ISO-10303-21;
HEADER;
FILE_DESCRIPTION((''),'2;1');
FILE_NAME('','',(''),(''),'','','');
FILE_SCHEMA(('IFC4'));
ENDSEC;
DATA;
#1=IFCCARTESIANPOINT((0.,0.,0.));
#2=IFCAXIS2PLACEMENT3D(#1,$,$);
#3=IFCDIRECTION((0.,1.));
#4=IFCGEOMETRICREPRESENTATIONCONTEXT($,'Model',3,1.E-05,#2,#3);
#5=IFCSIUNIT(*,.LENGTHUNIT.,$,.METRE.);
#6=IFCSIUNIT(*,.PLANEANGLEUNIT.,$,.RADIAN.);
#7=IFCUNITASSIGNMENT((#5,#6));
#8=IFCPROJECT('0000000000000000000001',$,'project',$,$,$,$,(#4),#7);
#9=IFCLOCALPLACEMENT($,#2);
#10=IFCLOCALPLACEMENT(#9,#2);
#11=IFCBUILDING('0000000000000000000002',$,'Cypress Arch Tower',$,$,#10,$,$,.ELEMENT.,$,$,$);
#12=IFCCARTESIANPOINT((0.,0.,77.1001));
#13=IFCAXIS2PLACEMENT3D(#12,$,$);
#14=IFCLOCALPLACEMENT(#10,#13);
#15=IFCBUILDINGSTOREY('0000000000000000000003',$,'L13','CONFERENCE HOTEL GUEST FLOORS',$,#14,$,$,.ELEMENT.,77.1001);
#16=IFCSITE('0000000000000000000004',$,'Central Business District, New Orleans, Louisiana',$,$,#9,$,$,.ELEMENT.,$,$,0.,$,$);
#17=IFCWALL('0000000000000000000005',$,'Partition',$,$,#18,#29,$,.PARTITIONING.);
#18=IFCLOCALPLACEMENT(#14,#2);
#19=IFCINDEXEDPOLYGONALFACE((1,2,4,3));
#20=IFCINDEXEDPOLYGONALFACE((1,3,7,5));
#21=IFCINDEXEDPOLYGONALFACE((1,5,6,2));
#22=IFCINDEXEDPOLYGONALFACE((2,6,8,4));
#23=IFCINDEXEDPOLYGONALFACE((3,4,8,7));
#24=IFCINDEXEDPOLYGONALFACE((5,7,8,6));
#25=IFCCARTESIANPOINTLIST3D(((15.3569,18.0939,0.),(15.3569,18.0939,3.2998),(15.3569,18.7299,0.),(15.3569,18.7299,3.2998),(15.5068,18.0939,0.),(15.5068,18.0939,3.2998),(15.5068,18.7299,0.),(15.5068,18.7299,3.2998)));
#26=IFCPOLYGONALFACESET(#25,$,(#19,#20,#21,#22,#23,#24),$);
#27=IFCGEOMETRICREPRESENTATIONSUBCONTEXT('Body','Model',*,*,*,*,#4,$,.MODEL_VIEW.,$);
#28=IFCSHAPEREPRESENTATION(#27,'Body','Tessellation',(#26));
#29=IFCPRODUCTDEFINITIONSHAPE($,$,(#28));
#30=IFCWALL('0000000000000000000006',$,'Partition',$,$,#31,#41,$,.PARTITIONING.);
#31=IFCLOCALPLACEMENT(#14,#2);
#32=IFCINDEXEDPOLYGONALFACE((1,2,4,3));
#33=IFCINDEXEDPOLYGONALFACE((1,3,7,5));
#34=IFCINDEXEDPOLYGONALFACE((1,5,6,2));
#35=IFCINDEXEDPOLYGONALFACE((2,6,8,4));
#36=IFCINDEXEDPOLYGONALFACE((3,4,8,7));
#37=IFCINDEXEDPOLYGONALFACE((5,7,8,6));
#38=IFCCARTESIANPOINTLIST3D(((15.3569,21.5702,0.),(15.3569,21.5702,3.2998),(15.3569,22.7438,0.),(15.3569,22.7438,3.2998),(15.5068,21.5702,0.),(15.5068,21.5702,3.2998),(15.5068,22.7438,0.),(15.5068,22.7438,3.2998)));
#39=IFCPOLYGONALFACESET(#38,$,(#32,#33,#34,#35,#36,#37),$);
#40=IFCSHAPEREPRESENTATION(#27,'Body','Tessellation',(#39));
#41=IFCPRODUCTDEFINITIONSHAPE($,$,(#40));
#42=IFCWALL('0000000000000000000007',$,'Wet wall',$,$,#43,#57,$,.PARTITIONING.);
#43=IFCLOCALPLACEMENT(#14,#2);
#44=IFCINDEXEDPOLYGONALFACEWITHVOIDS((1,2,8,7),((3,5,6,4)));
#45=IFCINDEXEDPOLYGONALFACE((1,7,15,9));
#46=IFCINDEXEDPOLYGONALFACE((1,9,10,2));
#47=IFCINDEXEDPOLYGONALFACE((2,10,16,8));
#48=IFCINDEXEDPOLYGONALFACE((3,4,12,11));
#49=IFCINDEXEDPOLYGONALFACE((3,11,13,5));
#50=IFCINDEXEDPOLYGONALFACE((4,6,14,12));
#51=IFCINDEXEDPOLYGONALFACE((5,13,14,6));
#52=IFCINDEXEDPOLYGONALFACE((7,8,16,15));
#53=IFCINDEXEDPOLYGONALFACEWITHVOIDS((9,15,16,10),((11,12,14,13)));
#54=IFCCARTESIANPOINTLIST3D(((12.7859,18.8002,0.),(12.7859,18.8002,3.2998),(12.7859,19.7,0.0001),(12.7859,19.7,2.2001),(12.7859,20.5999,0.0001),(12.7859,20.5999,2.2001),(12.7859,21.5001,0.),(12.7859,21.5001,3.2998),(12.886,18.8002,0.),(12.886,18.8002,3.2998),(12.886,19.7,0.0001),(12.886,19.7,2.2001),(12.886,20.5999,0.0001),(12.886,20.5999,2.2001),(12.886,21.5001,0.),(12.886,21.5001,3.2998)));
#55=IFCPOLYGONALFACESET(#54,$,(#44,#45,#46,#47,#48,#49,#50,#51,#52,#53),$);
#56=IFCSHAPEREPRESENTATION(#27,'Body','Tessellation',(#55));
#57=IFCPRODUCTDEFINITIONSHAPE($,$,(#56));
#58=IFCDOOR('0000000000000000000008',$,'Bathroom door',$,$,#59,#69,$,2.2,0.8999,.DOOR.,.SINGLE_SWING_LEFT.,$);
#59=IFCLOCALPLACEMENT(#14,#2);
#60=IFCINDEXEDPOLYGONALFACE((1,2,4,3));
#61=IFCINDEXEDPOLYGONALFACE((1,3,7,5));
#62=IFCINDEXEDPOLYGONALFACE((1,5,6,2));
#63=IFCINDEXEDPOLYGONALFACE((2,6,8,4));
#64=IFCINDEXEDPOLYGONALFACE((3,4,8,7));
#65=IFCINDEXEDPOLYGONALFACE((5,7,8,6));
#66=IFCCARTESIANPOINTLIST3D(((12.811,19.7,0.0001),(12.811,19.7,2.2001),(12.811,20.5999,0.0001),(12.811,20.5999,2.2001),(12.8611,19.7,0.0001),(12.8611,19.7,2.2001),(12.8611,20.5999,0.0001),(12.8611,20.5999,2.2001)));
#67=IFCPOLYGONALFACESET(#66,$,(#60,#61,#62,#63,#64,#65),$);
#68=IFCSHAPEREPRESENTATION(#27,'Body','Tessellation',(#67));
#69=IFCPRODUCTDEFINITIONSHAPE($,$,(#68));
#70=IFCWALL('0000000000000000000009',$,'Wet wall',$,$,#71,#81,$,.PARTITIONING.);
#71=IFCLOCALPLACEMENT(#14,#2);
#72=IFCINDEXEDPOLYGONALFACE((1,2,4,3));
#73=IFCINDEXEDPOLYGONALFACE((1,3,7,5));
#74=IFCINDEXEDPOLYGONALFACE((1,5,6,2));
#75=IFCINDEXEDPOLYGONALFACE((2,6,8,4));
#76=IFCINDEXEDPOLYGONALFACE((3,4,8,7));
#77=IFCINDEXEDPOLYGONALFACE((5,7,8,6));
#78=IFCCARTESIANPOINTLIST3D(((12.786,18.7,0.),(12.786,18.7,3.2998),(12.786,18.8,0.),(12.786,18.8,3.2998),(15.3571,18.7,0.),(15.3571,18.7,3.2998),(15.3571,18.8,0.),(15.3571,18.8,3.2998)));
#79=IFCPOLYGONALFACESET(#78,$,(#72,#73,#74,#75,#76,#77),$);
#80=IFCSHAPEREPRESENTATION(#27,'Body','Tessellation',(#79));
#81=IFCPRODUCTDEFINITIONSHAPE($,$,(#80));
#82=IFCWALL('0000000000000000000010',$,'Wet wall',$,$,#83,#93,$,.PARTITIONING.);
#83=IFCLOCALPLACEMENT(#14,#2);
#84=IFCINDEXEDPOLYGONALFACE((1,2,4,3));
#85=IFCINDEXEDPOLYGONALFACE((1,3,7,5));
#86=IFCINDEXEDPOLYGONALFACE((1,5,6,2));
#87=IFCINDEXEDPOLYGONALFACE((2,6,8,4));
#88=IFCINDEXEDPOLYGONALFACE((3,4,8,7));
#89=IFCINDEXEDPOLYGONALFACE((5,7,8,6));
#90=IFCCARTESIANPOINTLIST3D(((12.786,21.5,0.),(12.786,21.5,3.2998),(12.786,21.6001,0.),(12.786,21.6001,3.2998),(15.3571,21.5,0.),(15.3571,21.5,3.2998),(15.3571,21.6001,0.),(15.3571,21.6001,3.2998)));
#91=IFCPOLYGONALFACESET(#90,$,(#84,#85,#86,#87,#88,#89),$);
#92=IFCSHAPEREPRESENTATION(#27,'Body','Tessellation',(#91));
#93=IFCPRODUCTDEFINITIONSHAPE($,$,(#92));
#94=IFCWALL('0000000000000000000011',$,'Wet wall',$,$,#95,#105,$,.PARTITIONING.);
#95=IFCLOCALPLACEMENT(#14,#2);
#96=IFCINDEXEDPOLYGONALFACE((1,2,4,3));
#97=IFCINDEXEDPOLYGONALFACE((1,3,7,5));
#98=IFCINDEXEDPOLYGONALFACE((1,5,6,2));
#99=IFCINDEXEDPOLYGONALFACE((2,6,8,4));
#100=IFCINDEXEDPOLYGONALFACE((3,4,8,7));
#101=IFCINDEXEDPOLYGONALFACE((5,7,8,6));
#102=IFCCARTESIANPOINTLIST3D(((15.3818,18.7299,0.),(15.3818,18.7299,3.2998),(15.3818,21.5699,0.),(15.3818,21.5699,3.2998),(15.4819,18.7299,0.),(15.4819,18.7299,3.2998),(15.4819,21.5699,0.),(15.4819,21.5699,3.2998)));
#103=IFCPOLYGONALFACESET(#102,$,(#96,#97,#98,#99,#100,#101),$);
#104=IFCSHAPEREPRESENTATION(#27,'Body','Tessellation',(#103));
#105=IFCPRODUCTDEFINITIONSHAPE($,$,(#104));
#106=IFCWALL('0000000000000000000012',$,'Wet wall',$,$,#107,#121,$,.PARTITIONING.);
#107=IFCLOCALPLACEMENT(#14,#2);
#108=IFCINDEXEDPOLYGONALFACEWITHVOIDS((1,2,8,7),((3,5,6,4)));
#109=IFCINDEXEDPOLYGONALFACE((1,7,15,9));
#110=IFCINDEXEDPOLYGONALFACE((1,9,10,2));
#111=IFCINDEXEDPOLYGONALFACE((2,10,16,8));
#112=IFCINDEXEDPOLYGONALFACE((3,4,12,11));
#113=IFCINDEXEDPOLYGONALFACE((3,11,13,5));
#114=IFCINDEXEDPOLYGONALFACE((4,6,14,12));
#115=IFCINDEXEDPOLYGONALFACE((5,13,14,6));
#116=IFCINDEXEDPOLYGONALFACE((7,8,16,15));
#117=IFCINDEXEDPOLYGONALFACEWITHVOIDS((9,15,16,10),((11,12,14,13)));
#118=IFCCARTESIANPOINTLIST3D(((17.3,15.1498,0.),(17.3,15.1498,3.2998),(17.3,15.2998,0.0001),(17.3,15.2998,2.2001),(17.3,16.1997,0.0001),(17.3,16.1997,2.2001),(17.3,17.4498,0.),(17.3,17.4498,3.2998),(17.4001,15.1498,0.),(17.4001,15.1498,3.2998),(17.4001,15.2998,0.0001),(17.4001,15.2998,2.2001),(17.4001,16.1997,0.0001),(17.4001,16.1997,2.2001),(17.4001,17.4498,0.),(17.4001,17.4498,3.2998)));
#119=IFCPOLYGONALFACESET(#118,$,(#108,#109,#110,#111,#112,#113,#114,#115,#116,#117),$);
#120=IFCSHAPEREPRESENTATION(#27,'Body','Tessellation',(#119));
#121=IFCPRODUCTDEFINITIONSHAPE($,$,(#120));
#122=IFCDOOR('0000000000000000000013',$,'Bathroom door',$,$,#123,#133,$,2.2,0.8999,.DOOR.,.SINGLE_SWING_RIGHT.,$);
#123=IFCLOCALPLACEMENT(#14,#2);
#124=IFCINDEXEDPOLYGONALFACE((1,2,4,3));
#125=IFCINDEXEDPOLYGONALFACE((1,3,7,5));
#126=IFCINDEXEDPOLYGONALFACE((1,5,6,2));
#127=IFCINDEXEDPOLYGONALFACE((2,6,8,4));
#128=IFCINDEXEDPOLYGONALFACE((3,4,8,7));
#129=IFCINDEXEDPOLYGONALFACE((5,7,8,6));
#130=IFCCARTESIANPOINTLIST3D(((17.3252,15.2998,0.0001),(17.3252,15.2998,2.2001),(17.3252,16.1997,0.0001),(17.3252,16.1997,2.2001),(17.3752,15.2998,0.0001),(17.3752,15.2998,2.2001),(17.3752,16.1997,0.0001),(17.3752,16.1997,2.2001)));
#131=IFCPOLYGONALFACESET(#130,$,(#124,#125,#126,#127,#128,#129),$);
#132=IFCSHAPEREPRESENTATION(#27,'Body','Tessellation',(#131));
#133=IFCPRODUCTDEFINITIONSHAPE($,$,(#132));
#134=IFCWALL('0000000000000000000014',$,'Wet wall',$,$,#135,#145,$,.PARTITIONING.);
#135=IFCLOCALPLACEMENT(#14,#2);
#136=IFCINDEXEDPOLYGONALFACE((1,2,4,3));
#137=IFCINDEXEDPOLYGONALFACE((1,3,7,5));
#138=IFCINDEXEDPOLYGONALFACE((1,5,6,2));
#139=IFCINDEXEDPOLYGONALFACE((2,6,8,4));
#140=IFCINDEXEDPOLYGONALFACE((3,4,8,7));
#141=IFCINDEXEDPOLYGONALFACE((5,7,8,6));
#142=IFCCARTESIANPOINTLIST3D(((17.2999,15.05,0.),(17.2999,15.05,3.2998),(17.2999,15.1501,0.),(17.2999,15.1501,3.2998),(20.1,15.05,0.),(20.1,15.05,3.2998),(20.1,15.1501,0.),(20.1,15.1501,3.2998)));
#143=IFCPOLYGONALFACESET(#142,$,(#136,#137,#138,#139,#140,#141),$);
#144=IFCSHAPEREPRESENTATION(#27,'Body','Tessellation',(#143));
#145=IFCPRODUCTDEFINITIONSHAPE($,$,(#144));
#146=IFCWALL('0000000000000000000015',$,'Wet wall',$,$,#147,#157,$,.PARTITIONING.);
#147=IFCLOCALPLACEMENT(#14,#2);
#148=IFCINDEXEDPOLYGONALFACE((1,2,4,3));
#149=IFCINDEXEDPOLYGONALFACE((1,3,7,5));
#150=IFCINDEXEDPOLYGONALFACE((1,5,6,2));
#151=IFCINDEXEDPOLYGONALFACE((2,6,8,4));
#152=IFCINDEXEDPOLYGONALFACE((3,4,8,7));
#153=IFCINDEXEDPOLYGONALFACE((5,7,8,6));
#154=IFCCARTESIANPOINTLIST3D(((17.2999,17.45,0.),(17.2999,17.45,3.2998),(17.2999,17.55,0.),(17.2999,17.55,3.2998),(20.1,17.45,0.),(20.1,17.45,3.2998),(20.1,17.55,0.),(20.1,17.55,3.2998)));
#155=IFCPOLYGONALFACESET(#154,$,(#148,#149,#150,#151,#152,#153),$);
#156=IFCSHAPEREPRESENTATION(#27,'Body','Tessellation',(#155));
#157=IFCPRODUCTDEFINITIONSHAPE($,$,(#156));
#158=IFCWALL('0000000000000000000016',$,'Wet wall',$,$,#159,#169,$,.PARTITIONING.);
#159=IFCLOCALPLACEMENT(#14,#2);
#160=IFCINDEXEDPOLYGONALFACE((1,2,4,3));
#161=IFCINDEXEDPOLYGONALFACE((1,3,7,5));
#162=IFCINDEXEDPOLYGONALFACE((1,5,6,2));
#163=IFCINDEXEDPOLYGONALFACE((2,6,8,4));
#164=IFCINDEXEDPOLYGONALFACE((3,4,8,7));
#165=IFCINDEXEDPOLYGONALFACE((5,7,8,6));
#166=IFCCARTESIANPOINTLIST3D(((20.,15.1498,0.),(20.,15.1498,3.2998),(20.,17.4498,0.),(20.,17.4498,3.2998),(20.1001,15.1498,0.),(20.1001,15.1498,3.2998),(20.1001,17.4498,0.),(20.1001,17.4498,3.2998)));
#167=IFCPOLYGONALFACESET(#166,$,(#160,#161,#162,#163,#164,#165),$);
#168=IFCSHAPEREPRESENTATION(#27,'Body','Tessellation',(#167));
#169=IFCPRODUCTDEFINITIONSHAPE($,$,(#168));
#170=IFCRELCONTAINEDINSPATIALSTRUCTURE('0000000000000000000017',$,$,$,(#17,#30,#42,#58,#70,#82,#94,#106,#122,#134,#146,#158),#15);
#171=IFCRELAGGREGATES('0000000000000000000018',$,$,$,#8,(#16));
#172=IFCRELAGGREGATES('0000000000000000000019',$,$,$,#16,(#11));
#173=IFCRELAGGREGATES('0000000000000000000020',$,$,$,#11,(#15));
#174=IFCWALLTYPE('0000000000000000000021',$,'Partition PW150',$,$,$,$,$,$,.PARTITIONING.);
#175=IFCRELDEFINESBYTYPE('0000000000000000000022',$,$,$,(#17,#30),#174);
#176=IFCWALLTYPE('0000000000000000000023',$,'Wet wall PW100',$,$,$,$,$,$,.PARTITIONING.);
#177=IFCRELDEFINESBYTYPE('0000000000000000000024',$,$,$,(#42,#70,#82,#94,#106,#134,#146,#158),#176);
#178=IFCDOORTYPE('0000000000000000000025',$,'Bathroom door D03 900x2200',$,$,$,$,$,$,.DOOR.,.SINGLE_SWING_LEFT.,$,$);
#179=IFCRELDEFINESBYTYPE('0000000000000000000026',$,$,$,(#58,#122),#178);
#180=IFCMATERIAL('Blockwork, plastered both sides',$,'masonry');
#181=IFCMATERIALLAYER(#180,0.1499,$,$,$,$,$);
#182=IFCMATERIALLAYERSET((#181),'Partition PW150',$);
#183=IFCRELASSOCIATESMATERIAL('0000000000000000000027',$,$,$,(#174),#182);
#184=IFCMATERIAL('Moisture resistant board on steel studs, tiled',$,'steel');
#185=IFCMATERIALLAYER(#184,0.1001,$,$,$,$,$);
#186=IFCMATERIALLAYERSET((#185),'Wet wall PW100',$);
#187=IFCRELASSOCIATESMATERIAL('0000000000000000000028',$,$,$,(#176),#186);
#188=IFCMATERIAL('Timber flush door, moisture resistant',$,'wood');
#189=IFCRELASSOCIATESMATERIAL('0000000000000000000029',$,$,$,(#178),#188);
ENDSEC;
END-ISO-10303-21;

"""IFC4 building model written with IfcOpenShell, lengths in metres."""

from ifc_helpers import new_model, si_unit, direction, frame, frame_2d, origin, place, context, subcontext, project, spatial, rectangle, extrude, material, layer, layer_set, type_object, element, fill, save


model = new_model("IFC4")

# Units and contexts
model_context = context("Model", 3, precision=1e-05, world=origin(), true_north=direction((0.0, 1.0)))
body_context = subcontext(model_context, "Body", "Model", "MODEL_VIEW")
ifc_project = project(units=[si_unit("LENGTHUNIT", "METRE"), si_unit("PLANEANGLEUNIT", "RADIAN")], contexts=[model_context])

# Site, building, storey
site_placement = place(None, origin())
site = spatial("IfcSite", under=ifc_project, at=site_placement, Name="Central Business District, New Orleans, Louisiana", CompositionType="ELEMENT", RefElevation=0.0)
building_placement = place(site_placement, origin())
building = spatial("IfcBuilding", under=site, at=building_placement, Name="Cypress Arch Tower", CompositionType="ELEMENT")
storey_placement = place(building_placement, frame((0.0, 0.0, 77.1001)))
storey = spatial("IfcBuildingStorey", under=building, at=storey_placement, Name="L13", Description="CONFERENCE HOTEL GUEST FLOORS", CompositionType="ELEMENT", Elevation=77.1001)

# Walls
ifc_material_1 = material(Name="Blockwork, plastered both sides", Category="masonry")
ifc_layer_1 = layer(ifc_material_1, 0.1499)
ifc_layer_set_1 = layer_set([ifc_layer_1], Name="Partition PW150")
wall_type_1 = type_object("IfcWallType", Name="Partition PW150", PredefinedType="PARTITIONING", material=ifc_layer_set_1)
wall_1_placement = place(storey_placement, frame((15.4319, 18.094, 0.0), z_axis=(0.0, 0.0, 1.0), x_axis=(0.0, 1.0, 0.0)))
element("IfcWall", 1, at=wall_1_placement, inside=storey, type_object=wall_type_1, Name="Partition", PredefinedType="PARTITIONING", context=body_context, shape_type="SweptSolid", body=[
    extrude(rectangle(XDim=0.636, YDim=0.1499, at=frame_2d((0.3179, 0.0))), origin(), (0.0, 0.0, 1.0), 3.2998),
])
wall_2_placement = place(storey_placement, frame((15.4319, 21.5701, 0.0), z_axis=(0.0, 0.0, 1.0), x_axis=(0.0, 1.0, 0.0)))
element("IfcWall", 2, at=wall_2_placement, inside=storey, type_object=wall_type_1, Name="Partition", PredefinedType="PARTITIONING", context=body_context, shape_type="SweptSolid", body=[
    extrude(rectangle(XDim=1.1736, YDim=0.1499, at=frame_2d((0.5869, 0.0))), origin(), (0.0, 0.0, 1.0), 3.2998),
])

# Wall, opening, door
ifc_material_2 = material(Name="Moisture resistant board on steel studs, tiled", Category="steel")
ifc_layer_2 = layer(ifc_material_2, 0.1001)
ifc_layer_set_2 = layer_set([ifc_layer_2], Name="Wet wall PW100")
wall_type_2 = type_object("IfcWallType", Name="Wet wall PW100", PredefinedType="PARTITIONING", material=ifc_layer_set_2)
wall_3_placement = place(storey_placement, frame((12.8359, 18.8, 0.0), z_axis=(0.0, 0.0, 1.0), x_axis=(0.0, 1.0, 0.0)))
wall_3 = element("IfcWall", 3, at=wall_3_placement, inside=storey, type_object=wall_type_2, Name="Wet wall", PredefinedType="PARTITIONING", context=body_context, shape_type="SweptSolid", body=[
    extrude(rectangle(XDim=2.7, YDim=0.1001, at=frame_2d((1.3501, 0.0))), origin(), (0.0, 0.0, 1.0), 3.2998),
])
opening_1_placement = place(wall_3_placement, frame((0.8999, 0.0, 0.0)))
opening_1 = element("IfcOpeningElement", 4, at=opening_1_placement, cuts=wall_3, PredefinedType="OPENING", context=body_context, shape_type="SweptSolid", body=[
    extrude(rectangle(XDim=0.8999, YDim=2.2, at=frame_2d((0.45, 1.1001))), frame((0.0, 0.0601, 0.0), z_axis=(0.0, -1.0, 0.0), x_axis=(1.0, 0.0, 0.0)), (0.0, 0.0, 1.0), 0.1201),
])
ifc_material_3 = material(Name="Timber flush door, moisture resistant", Category="wood")
door_type_1 = type_object("IfcDoorType", Name="Bathroom door D03 900x2200", OperationType="SINGLE_SWING_LEFT", PredefinedType="DOOR", material=ifc_material_3)
door_1_placement = place(opening_1_placement, origin())
door_1 = element("IfcDoor", 5, at=door_1_placement, inside=storey, type_object=door_type_1, Name="Bathroom door", OperationType="SINGLE_SWING_LEFT", OverallHeight=2.2, OverallWidth=0.8999, PredefinedType="DOOR", context=body_context, shape_type="SweptSolid", body=[
    extrude(rectangle(XDim=0.8999, YDim=2.2, at=frame_2d((0.45, 1.1001))), frame((0.0, 0.0249, 0.0), z_axis=(0.0, -1.0, 0.0), x_axis=(1.0, 0.0, 0.0)), (0.0, 0.0, 1.0), 0.05),
])
fill(opening_1, door_1)

# Walls
for number, where, z_axis, x_axis, name in (
    (6, (12.7859, 18.75, 0.0), (0.0, 0.0, 1.0), (1.0, 0.0, 0.0), "Wet wall"),
    (7, (12.7859, 21.55, 0.0), (0.0, 0.0, 1.0), (1.0, 0.0, 0.0), "Wet wall"),
):
    element("IfcWall", number, at=place(storey_placement, frame(where, z_axis=z_axis, x_axis=x_axis)), inside=storey, type_object=wall_type_2, Name=name, PredefinedType="PARTITIONING", context=body_context, shape_type="SweptSolid", body=[
        extrude(rectangle(XDim=2.571, YDim=0.1001, at=frame_2d((1.2856, 0.0))), origin(), (0.0, 0.0, 1.0), 3.2998),
    ])
wall_4_placement = place(storey_placement, frame((15.4319, 18.73, 0.0), z_axis=(0.0, 0.0, 1.0), x_axis=(0.0, 1.0, 0.0)))
element("IfcWall", 8, at=wall_4_placement, inside=storey, type_object=wall_type_2, Name="Wet wall", PredefinedType="PARTITIONING", context=body_context, shape_type="SweptSolid", body=[
    extrude(rectangle(XDim=2.8401, YDim=0.1001, at=frame_2d((1.4199, 0.0))), origin(), (0.0, 0.0, 1.0), 3.2998),
])

# Wall, opening, door
wall_5_placement = place(storey_placement, frame((17.3501, 15.1499, 0.0), z_axis=(0.0, 0.0, 1.0), x_axis=(0.0, 1.0, 0.0)))
wall_5 = element("IfcWall", 9, at=wall_5_placement, inside=storey, type_object=wall_type_2, Name="Wet wall", PredefinedType="PARTITIONING", context=body_context, shape_type="SweptSolid", body=[
    extrude(rectangle(XDim=2.3, YDim=0.1001, at=frame_2d((1.1499, 0.0))), origin(), (0.0, 0.0, 1.0), 3.2998),
])
opening_2_placement = place(wall_5_placement, frame((0.1499, 0.0, 0.0)))
opening_2 = element("IfcOpeningElement", 10, at=opening_2_placement, cuts=wall_5, PredefinedType="OPENING", context=body_context, shape_type="SweptSolid", body=[
    extrude(rectangle(XDim=0.8999, YDim=2.2, at=frame_2d((0.45, 1.1001))), frame((0.0, 0.0601, 0.0), z_axis=(0.0, -1.0, 0.0), x_axis=(1.0, 0.0, 0.0)), (0.0, 0.0, 1.0), 0.1201),
])
door_2_placement = place(opening_2_placement, origin())
door_2 = element("IfcDoor", 11, at=door_2_placement, inside=storey, type_object=door_type_1, Name="Bathroom door", OperationType="SINGLE_SWING_RIGHT", OverallHeight=2.2, OverallWidth=0.8999, PredefinedType="DOOR", context=body_context, shape_type="SweptSolid", body=[
    extrude(rectangle(XDim=0.8999, YDim=2.2, at=frame_2d((0.45, 1.1001))), frame((0.0, 0.0249, 0.0), z_axis=(0.0, -1.0, 0.0), x_axis=(1.0, 0.0, 0.0)), (0.0, 0.0, 1.0), 0.05),
])
fill(opening_2, door_2)

# Walls
for number, where, z_axis, x_axis, name in (
    (12, (17.3, 15.1001, 0.0), (0.0, 0.0, 1.0), (1.0, 0.0, 0.0), "Wet wall"),
    (13, (17.3, 17.5, 0.0), (0.0, 0.0, 1.0), (1.0, 0.0, 0.0), "Wet wall"),
):
    element("IfcWall", number, at=place(storey_placement, frame(where, z_axis=z_axis, x_axis=x_axis)), inside=storey, type_object=wall_type_2, Name=name, PredefinedType="PARTITIONING", context=body_context, shape_type="SweptSolid", body=[
        extrude(rectangle(XDim=2.8, YDim=0.1001, at=frame_2d((1.3999, 0.0))), origin(), (0.0, 0.0, 1.0), 3.2998),
    ])
wall_6_placement = place(storey_placement, frame((20.05, 15.1499, 0.0), z_axis=(0.0, 0.0, 1.0), x_axis=(0.0, 1.0, 0.0)))
element("IfcWall", 14, at=wall_6_placement, inside=storey, type_object=wall_type_2, Name="Wet wall", PredefinedType="PARTITIONING", context=body_context, shape_type="SweptSolid", body=[
    extrude(rectangle(XDim=2.3, YDim=0.1001, at=frame_2d((1.1499, 0.0))), origin(), (0.0, 0.0, 1.0), 3.2998),
])

save(model, "model.ifc")
